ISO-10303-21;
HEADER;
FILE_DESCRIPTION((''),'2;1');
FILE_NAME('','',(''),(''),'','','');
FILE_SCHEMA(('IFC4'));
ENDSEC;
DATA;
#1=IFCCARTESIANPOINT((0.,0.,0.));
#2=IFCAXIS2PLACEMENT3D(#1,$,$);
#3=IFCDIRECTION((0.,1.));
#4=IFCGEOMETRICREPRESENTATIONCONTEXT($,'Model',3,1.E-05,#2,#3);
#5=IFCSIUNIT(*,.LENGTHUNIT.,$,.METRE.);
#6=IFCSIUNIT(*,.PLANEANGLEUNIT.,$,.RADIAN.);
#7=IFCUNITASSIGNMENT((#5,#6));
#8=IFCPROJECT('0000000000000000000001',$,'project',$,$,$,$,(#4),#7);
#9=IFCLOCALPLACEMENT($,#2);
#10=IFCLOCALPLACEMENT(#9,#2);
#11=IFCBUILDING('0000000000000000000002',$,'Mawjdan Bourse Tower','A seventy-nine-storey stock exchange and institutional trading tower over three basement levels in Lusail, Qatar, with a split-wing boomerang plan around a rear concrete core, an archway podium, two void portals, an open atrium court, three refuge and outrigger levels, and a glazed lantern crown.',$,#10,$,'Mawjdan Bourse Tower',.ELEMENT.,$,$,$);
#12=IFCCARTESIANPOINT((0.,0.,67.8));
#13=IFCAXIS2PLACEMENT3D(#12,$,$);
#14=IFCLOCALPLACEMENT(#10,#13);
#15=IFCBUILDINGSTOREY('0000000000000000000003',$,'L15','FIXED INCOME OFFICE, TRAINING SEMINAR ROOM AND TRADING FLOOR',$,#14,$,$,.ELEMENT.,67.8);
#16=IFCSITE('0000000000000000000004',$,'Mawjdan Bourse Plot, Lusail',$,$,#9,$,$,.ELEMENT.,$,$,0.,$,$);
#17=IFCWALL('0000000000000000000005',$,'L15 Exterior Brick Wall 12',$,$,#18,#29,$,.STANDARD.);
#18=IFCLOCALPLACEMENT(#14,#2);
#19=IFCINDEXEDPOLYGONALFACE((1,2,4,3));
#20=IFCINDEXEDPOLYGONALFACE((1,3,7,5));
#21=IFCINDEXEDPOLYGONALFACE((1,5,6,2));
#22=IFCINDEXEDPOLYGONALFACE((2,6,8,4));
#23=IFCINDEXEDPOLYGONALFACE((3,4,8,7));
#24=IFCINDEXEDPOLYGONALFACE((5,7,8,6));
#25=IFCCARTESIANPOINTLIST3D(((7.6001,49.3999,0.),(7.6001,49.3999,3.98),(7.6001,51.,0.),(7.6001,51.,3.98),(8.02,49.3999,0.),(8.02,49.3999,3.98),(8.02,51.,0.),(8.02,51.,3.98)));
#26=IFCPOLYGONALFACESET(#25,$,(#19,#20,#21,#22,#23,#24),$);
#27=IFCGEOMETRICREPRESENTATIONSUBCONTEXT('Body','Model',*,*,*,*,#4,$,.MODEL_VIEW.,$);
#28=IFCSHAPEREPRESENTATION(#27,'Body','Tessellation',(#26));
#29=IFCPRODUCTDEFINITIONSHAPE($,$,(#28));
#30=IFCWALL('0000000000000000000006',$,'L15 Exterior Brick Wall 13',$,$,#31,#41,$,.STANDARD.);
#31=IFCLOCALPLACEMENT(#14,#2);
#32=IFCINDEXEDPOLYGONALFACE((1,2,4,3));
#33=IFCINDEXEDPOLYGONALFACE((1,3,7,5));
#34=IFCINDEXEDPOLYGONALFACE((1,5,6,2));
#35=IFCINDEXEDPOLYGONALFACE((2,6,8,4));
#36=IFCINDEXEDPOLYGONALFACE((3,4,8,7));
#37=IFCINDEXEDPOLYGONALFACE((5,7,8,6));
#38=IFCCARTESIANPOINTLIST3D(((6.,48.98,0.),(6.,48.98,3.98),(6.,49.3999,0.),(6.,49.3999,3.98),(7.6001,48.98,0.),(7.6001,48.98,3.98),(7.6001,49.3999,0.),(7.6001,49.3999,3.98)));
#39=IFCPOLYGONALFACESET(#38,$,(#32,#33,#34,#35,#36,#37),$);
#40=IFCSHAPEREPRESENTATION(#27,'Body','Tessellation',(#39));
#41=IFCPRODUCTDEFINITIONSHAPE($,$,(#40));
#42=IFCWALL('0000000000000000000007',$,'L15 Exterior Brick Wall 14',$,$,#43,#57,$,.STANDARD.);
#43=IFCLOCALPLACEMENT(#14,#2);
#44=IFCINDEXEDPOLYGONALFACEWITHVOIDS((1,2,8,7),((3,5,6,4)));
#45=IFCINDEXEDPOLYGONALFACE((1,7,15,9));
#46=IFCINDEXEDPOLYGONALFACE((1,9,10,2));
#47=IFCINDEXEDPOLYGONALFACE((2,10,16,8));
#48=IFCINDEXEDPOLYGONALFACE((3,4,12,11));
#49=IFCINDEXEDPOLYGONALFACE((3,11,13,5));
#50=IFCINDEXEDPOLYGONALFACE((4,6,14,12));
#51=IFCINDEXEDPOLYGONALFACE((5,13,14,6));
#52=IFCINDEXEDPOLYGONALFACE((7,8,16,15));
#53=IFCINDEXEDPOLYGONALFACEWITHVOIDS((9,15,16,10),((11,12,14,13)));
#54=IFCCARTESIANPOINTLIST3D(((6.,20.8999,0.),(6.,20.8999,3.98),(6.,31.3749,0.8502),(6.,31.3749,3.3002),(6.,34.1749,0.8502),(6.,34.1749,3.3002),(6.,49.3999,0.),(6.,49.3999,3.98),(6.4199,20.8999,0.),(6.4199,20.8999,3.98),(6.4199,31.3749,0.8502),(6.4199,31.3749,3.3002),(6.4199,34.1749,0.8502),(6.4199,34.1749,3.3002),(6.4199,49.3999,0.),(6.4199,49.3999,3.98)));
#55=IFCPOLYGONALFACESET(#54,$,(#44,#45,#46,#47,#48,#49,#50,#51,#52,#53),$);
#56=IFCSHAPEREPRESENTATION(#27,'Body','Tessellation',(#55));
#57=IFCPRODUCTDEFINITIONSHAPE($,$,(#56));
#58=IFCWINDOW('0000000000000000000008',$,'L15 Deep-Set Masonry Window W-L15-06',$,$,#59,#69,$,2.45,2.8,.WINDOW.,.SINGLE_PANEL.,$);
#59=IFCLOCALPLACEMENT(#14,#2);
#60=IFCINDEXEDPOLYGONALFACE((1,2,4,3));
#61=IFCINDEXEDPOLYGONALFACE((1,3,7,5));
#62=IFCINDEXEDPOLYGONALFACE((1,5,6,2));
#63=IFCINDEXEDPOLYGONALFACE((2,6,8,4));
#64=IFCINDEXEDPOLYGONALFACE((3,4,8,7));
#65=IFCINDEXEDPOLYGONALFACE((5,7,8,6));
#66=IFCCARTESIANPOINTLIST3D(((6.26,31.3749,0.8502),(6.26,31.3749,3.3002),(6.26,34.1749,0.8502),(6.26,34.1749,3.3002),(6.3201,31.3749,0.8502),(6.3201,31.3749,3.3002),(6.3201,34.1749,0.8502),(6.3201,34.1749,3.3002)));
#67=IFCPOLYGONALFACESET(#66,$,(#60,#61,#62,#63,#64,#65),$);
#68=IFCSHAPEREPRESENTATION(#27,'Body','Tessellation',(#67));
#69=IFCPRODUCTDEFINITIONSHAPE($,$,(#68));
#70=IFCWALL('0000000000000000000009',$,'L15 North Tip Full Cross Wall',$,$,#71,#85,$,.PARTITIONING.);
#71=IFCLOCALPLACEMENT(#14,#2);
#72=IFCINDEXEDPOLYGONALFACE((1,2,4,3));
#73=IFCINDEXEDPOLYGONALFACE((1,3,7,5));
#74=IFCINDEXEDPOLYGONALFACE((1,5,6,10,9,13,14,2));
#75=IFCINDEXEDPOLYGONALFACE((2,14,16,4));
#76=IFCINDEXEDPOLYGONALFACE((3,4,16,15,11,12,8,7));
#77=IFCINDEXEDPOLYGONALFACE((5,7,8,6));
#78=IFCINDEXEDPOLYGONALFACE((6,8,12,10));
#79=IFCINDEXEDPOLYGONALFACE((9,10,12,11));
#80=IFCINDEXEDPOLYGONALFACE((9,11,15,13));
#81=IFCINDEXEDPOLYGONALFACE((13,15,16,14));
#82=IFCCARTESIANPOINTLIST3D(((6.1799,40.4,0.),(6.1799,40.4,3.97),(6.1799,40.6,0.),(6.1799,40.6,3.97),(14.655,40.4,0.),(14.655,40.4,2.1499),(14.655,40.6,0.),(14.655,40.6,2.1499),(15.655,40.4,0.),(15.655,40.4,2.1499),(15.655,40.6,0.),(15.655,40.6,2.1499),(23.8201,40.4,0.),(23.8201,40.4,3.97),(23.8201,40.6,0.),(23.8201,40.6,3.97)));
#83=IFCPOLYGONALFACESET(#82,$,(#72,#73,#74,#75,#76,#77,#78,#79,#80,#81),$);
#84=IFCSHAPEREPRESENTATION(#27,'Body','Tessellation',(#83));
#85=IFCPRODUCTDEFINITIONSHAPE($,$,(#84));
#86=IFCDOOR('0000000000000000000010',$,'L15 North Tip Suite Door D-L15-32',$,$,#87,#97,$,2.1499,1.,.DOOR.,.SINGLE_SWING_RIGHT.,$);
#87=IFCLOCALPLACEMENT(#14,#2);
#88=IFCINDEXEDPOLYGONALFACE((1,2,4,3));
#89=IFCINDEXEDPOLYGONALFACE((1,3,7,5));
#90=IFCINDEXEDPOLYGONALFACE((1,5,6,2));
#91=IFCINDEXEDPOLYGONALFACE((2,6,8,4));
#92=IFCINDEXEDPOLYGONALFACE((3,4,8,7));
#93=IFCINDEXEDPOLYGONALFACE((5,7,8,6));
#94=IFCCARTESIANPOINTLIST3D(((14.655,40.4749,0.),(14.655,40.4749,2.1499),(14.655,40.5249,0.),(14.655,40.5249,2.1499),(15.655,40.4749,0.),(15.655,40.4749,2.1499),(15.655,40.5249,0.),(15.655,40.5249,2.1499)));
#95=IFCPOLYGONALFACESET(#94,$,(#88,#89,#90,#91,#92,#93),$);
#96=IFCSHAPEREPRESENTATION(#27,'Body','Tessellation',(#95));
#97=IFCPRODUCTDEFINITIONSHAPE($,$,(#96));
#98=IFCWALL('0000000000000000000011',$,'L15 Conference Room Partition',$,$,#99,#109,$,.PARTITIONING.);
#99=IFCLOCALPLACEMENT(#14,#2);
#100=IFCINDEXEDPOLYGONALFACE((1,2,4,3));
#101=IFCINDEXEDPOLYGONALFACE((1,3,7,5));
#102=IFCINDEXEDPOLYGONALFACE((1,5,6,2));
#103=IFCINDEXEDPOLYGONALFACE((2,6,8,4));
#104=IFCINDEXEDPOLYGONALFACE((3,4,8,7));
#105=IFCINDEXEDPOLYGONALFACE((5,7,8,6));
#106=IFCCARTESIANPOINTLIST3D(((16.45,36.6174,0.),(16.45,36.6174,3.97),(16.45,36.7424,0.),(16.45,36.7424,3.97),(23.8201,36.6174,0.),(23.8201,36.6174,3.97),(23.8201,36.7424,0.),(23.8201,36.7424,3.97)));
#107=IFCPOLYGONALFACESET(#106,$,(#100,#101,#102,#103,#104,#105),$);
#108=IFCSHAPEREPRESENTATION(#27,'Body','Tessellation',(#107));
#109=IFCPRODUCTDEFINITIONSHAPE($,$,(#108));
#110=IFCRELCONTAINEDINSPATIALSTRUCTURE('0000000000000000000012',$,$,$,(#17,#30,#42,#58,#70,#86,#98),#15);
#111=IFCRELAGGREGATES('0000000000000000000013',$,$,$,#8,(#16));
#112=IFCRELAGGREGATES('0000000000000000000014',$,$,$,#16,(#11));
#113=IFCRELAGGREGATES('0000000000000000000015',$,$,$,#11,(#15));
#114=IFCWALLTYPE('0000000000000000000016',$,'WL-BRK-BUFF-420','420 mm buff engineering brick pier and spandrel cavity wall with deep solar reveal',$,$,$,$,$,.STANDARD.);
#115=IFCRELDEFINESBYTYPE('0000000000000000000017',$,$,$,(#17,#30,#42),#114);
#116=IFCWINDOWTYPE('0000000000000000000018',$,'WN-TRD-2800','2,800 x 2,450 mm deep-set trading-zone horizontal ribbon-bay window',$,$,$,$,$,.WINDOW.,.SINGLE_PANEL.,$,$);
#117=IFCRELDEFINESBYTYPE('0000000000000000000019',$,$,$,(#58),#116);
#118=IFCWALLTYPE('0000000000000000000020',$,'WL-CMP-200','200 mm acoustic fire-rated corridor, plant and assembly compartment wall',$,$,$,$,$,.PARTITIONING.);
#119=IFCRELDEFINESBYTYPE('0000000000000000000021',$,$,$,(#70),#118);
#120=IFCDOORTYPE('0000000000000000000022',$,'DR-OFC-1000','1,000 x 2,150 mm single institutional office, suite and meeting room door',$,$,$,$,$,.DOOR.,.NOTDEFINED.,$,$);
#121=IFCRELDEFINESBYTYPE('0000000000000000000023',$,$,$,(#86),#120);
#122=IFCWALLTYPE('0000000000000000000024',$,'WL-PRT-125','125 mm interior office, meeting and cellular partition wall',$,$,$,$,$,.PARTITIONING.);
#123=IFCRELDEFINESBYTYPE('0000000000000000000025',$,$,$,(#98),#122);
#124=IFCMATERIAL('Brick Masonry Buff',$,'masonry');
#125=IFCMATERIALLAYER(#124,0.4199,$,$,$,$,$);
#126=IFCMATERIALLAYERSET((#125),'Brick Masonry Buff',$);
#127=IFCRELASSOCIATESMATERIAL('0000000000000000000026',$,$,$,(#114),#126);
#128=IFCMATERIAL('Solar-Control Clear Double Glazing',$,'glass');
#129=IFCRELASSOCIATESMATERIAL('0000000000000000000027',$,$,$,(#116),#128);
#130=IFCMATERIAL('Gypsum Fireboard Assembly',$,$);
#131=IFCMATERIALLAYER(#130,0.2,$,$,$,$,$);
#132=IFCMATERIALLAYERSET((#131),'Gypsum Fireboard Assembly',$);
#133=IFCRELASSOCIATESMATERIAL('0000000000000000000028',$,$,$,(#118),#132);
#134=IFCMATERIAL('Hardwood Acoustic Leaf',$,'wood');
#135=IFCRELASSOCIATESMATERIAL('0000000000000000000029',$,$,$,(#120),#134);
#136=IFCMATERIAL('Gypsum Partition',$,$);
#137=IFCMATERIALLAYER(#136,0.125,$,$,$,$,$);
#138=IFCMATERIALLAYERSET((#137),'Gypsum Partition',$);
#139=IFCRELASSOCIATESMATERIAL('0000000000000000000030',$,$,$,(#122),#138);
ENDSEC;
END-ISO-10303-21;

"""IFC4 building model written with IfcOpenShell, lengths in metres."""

from ifc_helpers import new_model, si_unit, direction, frame, frame_2d, origin, place, context, subcontext, project, spatial, rectangle, extrude, material, layer, layer_set, type_object, element, fill, save


model = new_model("IFC4")

# Units and contexts
model_context = context("Model", 3, precision=1e-05, world=origin(), true_north=direction((0.0, 1.0)))
body_context = subcontext(model_context, "Body", "Model", "MODEL_VIEW")
ifc_project = project(units=[si_unit("LENGTHUNIT", "METRE"), si_unit("PLANEANGLEUNIT", "RADIAN")], contexts=[model_context])

# Site, building, storey
site_placement = place(None, origin())
site = spatial("IfcSite", under=ifc_project, at=site_placement, Name="Mawjdan Bourse Plot, Lusail", CompositionType="ELEMENT", RefElevation=0.0)
building_placement = place(site_placement, origin())
building = spatial("IfcBuilding", under=site, at=building_placement, Name="Mawjdan Bourse Tower", Description="A seventy-nine-storey stock exchange and institutional trading tower over three basement levels in Lusail, Qatar, with a split-wing boomerang plan around a rear concrete core, an archway podium, two void portals, an open atrium court, three refuge and outrigger levels, and a glazed lantern crown.", LongName="Mawjdan Bourse Tower", CompositionType="ELEMENT")
storey_placement = place(building_placement, frame((0.0, 0.0, 67.8)))
storey = spatial("IfcBuildingStorey", under=building, at=storey_placement, Name="L15", Description="FIXED INCOME OFFICE, TRAINING SEMINAR ROOM AND TRADING FLOOR", CompositionType="ELEMENT", Elevation=67.8)

# Walls
ifc_material_1 = material(Name="Brick Masonry Buff", Category="masonry")
ifc_layer_1 = layer(ifc_material_1, 0.4199)
ifc_layer_set_1 = layer_set([ifc_layer_1], Name="Brick Masonry Buff")
wall_type_1 = type_object("IfcWallType", Name="WL-BRK-BUFF-420", Description="420 mm buff engineering brick pier and spandrel cavity wall with deep solar reveal", PredefinedType="STANDARD", material=ifc_layer_set_1)
for number, where, z_axis, x_axis, name in (
    (1, (7.8101, 51.0, 0.0), (0.0, 0.0, 1.0), (0.0, -1.0, 0.0), "L15 Exterior Brick Wall 12"),
    (2, (7.6001, 49.1899, 0.0), (0.0, 0.0, 1.0), (-1.0, 0.0, 0.0), "L15 Exterior Brick Wall 13"),
):
    element("IfcWall", number, at=place(storey_placement, frame(where, z_axis=z_axis, x_axis=x_axis)), inside=storey, type_object=wall_type_1, Name=name, PredefinedType="STANDARD", context=body_context, shape_type="SweptSolid", body=[
        extrude(rectangle(XDim=1.6001, YDim=0.4199, at=frame_2d((0.8, 0.0))), origin(), (0.0, 0.0, 1.0), 3.98),
    ])

# Wall, opening, window
wall_1_placement = place(storey_placement, frame((6.21, 49.3999, 0.0), z_axis=(0.0, 0.0, 1.0), x_axis=(0.0, -1.0, 0.0)))
wall_1 = element("IfcWall", 3, at=wall_1_placement, inside=storey, type_object=wall_type_1, Name="L15 Exterior Brick Wall 14", PredefinedType="STANDARD", context=body_context, shape_type="SweptSolid", body=[
    extrude(rectangle(XDim=28.5, YDim=0.4199, at=frame_2d((14.25, 0.0))), origin(), (0.0, 0.0, 1.0), 3.98),
])
opening_1_placement = place(wall_1_placement, frame((15.2251, 0.0, 0.8501)))
opening_1 = element("IfcOpeningElement", 4, at=opening_1_placement, cuts=wall_1, PredefinedType="OPENING", context=body_context, shape_type="SweptSolid", body=[
    extrude(rectangle(XDim=2.8, YDim=2.45, at=frame_2d((1.3999, 1.2251))), frame((0.0, 0.22, 0.0), z_axis=(0.0, -1.0, 0.0), x_axis=(1.0, 0.0, 0.0)), (0.0, 0.0, 1.0), 0.4399),
])
ifc_material_2 = material(Name="Solar-Control Clear Double Glazing", Category="glass")
window_type = type_object("IfcWindowType", Name="WN-TRD-2800", Description="2,800 x 2,450 mm deep-set trading-zone horizontal ribbon-bay window", PartitioningType="SINGLE_PANEL", PredefinedType="WINDOW", material=ifc_material_2)
window_placement = place(opening_1_placement, origin())
window = element("IfcWindow", 5, at=window_placement, inside=storey, type_object=window_type, Name="L15 Deep-Set Masonry Window W-L15-06", OverallHeight=2.45, OverallWidth=2.8, PartitioningType="SINGLE_PANEL", PredefinedType="WINDOW", context=body_context, shape_type="SweptSolid", body=[
    extrude(rectangle(XDim=2.8, YDim=2.45, at=frame_2d((1.3999, 1.2251))), frame((0.0, 0.1101, 0.0), z_axis=(0.0, -1.0, 0.0), x_axis=(1.0, 0.0, 0.0)), (0.0, 0.0, 1.0), 0.0601),
])
fill(opening_1, window)

# Wall, opening, door
ifc_material_3 = material(Name="Gypsum Fireboard Assembly")
ifc_layer_2 = layer(ifc_material_3, 0.2)
ifc_layer_set_2 = layer_set([ifc_layer_2], Name="Gypsum Fireboard Assembly")
wall_type_2 = type_object("IfcWallType", Name="WL-CMP-200", Description="200 mm acoustic fire-rated corridor, plant and assembly compartment wall", PredefinedType="PARTITIONING", material=ifc_layer_set_2)
ifc_material_4 = material(Name="Hardwood Acoustic Leaf", Category="wood")
door_type = type_object("IfcDoorType", Name="DR-OFC-1000", Description="1,000 x 2,150 mm single institutional office, suite and meeting room door", OperationType="NOTDEFINED", PredefinedType="DOOR", material=ifc_material_4)
wall_2_placement = place(storey_placement, frame((6.1799, 40.5, 0.0), z_axis=(0.0, 0.0, 1.0), x_axis=(1.0, 0.0, 0.0)))
wall_2 = element("IfcWall", 6, at=wall_2_placement, inside=storey, type_object=wall_type_2, Name="L15 North Tip Full Cross Wall", PredefinedType="PARTITIONING", context=body_context, shape_type="SweptSolid", body=[
    extrude(rectangle(XDim=17.6401, YDim=0.2, at=frame_2d((8.8201, 0.0))), origin(), (0.0, 0.0, 1.0), 3.97),
])
opening_2_placement = place(wall_2_placement, frame((8.4751, 0.0, 0.0)))
opening_2 = element("IfcOpeningElement", 7, at=opening_2_placement, cuts=wall_2, PredefinedType="OPENING", context=body_context, shape_type="SweptSolid", body=[
    extrude(rectangle(XDim=1.0, YDim=2.1499, at=frame_2d((0.5, 1.075))), frame((0.0, 0.1099, 0.0), z_axis=(0.0, -1.0, 0.0), x_axis=(1.0, 0.0, 0.0)), (0.0, 0.0, 1.0), 0.22),
])
door_1_placement = place(opening_2_placement, origin())
door_1 = element("IfcDoor", 8, at=door_1_placement, inside=storey, type_object=door_type, Name="L15 North Tip Suite Door D-L15-32", OperationType="SINGLE_SWING_RIGHT", OverallHeight=2.1499, OverallWidth=1.0, PredefinedType="DOOR", context=body_context, shape_type="SweptSolid", body=[
    extrude(rectangle(XDim=1.0, YDim=2.1499, at=frame_2d((0.5, 1.075))), frame((0.0, 0.0249, 0.0), z_axis=(0.0, -1.0, 0.0), x_axis=(1.0, 0.0, 0.0)), (0.0, 0.0, 1.0), 0.05),
])
fill(opening_2, door_1)

# Wall
ifc_material_5 = material(Name="Gypsum Partition")
ifc_layer_3 = layer(ifc_material_5, 0.125)
ifc_layer_set_3 = layer_set([ifc_layer_3], Name="Gypsum Partition")
wall_type_3 = type_object("IfcWallType", Name="WL-PRT-125", Description="125 mm interior office, meeting and cellular partition wall", PredefinedType="PARTITIONING", material=ifc_layer_set_3)
wall_3_placement = place(storey_placement, frame((16.45, 36.6799, 0.0), z_axis=(0.0, 0.0, 1.0), x_axis=(1.0, 0.0, 0.0)))
element("IfcWall", 9, at=wall_3_placement, inside=storey, type_object=wall_type_3, Name="L15 Conference Room Partition", PredefinedType="PARTITIONING", context=body_context, shape_type="SweptSolid", body=[
    extrude(rectangle(XDim=7.3701, YDim=0.125, at=frame_2d((3.6851, 0.0))), origin(), (0.0, 0.0, 1.0), 3.97),
])

save(model, "model.ifc")
